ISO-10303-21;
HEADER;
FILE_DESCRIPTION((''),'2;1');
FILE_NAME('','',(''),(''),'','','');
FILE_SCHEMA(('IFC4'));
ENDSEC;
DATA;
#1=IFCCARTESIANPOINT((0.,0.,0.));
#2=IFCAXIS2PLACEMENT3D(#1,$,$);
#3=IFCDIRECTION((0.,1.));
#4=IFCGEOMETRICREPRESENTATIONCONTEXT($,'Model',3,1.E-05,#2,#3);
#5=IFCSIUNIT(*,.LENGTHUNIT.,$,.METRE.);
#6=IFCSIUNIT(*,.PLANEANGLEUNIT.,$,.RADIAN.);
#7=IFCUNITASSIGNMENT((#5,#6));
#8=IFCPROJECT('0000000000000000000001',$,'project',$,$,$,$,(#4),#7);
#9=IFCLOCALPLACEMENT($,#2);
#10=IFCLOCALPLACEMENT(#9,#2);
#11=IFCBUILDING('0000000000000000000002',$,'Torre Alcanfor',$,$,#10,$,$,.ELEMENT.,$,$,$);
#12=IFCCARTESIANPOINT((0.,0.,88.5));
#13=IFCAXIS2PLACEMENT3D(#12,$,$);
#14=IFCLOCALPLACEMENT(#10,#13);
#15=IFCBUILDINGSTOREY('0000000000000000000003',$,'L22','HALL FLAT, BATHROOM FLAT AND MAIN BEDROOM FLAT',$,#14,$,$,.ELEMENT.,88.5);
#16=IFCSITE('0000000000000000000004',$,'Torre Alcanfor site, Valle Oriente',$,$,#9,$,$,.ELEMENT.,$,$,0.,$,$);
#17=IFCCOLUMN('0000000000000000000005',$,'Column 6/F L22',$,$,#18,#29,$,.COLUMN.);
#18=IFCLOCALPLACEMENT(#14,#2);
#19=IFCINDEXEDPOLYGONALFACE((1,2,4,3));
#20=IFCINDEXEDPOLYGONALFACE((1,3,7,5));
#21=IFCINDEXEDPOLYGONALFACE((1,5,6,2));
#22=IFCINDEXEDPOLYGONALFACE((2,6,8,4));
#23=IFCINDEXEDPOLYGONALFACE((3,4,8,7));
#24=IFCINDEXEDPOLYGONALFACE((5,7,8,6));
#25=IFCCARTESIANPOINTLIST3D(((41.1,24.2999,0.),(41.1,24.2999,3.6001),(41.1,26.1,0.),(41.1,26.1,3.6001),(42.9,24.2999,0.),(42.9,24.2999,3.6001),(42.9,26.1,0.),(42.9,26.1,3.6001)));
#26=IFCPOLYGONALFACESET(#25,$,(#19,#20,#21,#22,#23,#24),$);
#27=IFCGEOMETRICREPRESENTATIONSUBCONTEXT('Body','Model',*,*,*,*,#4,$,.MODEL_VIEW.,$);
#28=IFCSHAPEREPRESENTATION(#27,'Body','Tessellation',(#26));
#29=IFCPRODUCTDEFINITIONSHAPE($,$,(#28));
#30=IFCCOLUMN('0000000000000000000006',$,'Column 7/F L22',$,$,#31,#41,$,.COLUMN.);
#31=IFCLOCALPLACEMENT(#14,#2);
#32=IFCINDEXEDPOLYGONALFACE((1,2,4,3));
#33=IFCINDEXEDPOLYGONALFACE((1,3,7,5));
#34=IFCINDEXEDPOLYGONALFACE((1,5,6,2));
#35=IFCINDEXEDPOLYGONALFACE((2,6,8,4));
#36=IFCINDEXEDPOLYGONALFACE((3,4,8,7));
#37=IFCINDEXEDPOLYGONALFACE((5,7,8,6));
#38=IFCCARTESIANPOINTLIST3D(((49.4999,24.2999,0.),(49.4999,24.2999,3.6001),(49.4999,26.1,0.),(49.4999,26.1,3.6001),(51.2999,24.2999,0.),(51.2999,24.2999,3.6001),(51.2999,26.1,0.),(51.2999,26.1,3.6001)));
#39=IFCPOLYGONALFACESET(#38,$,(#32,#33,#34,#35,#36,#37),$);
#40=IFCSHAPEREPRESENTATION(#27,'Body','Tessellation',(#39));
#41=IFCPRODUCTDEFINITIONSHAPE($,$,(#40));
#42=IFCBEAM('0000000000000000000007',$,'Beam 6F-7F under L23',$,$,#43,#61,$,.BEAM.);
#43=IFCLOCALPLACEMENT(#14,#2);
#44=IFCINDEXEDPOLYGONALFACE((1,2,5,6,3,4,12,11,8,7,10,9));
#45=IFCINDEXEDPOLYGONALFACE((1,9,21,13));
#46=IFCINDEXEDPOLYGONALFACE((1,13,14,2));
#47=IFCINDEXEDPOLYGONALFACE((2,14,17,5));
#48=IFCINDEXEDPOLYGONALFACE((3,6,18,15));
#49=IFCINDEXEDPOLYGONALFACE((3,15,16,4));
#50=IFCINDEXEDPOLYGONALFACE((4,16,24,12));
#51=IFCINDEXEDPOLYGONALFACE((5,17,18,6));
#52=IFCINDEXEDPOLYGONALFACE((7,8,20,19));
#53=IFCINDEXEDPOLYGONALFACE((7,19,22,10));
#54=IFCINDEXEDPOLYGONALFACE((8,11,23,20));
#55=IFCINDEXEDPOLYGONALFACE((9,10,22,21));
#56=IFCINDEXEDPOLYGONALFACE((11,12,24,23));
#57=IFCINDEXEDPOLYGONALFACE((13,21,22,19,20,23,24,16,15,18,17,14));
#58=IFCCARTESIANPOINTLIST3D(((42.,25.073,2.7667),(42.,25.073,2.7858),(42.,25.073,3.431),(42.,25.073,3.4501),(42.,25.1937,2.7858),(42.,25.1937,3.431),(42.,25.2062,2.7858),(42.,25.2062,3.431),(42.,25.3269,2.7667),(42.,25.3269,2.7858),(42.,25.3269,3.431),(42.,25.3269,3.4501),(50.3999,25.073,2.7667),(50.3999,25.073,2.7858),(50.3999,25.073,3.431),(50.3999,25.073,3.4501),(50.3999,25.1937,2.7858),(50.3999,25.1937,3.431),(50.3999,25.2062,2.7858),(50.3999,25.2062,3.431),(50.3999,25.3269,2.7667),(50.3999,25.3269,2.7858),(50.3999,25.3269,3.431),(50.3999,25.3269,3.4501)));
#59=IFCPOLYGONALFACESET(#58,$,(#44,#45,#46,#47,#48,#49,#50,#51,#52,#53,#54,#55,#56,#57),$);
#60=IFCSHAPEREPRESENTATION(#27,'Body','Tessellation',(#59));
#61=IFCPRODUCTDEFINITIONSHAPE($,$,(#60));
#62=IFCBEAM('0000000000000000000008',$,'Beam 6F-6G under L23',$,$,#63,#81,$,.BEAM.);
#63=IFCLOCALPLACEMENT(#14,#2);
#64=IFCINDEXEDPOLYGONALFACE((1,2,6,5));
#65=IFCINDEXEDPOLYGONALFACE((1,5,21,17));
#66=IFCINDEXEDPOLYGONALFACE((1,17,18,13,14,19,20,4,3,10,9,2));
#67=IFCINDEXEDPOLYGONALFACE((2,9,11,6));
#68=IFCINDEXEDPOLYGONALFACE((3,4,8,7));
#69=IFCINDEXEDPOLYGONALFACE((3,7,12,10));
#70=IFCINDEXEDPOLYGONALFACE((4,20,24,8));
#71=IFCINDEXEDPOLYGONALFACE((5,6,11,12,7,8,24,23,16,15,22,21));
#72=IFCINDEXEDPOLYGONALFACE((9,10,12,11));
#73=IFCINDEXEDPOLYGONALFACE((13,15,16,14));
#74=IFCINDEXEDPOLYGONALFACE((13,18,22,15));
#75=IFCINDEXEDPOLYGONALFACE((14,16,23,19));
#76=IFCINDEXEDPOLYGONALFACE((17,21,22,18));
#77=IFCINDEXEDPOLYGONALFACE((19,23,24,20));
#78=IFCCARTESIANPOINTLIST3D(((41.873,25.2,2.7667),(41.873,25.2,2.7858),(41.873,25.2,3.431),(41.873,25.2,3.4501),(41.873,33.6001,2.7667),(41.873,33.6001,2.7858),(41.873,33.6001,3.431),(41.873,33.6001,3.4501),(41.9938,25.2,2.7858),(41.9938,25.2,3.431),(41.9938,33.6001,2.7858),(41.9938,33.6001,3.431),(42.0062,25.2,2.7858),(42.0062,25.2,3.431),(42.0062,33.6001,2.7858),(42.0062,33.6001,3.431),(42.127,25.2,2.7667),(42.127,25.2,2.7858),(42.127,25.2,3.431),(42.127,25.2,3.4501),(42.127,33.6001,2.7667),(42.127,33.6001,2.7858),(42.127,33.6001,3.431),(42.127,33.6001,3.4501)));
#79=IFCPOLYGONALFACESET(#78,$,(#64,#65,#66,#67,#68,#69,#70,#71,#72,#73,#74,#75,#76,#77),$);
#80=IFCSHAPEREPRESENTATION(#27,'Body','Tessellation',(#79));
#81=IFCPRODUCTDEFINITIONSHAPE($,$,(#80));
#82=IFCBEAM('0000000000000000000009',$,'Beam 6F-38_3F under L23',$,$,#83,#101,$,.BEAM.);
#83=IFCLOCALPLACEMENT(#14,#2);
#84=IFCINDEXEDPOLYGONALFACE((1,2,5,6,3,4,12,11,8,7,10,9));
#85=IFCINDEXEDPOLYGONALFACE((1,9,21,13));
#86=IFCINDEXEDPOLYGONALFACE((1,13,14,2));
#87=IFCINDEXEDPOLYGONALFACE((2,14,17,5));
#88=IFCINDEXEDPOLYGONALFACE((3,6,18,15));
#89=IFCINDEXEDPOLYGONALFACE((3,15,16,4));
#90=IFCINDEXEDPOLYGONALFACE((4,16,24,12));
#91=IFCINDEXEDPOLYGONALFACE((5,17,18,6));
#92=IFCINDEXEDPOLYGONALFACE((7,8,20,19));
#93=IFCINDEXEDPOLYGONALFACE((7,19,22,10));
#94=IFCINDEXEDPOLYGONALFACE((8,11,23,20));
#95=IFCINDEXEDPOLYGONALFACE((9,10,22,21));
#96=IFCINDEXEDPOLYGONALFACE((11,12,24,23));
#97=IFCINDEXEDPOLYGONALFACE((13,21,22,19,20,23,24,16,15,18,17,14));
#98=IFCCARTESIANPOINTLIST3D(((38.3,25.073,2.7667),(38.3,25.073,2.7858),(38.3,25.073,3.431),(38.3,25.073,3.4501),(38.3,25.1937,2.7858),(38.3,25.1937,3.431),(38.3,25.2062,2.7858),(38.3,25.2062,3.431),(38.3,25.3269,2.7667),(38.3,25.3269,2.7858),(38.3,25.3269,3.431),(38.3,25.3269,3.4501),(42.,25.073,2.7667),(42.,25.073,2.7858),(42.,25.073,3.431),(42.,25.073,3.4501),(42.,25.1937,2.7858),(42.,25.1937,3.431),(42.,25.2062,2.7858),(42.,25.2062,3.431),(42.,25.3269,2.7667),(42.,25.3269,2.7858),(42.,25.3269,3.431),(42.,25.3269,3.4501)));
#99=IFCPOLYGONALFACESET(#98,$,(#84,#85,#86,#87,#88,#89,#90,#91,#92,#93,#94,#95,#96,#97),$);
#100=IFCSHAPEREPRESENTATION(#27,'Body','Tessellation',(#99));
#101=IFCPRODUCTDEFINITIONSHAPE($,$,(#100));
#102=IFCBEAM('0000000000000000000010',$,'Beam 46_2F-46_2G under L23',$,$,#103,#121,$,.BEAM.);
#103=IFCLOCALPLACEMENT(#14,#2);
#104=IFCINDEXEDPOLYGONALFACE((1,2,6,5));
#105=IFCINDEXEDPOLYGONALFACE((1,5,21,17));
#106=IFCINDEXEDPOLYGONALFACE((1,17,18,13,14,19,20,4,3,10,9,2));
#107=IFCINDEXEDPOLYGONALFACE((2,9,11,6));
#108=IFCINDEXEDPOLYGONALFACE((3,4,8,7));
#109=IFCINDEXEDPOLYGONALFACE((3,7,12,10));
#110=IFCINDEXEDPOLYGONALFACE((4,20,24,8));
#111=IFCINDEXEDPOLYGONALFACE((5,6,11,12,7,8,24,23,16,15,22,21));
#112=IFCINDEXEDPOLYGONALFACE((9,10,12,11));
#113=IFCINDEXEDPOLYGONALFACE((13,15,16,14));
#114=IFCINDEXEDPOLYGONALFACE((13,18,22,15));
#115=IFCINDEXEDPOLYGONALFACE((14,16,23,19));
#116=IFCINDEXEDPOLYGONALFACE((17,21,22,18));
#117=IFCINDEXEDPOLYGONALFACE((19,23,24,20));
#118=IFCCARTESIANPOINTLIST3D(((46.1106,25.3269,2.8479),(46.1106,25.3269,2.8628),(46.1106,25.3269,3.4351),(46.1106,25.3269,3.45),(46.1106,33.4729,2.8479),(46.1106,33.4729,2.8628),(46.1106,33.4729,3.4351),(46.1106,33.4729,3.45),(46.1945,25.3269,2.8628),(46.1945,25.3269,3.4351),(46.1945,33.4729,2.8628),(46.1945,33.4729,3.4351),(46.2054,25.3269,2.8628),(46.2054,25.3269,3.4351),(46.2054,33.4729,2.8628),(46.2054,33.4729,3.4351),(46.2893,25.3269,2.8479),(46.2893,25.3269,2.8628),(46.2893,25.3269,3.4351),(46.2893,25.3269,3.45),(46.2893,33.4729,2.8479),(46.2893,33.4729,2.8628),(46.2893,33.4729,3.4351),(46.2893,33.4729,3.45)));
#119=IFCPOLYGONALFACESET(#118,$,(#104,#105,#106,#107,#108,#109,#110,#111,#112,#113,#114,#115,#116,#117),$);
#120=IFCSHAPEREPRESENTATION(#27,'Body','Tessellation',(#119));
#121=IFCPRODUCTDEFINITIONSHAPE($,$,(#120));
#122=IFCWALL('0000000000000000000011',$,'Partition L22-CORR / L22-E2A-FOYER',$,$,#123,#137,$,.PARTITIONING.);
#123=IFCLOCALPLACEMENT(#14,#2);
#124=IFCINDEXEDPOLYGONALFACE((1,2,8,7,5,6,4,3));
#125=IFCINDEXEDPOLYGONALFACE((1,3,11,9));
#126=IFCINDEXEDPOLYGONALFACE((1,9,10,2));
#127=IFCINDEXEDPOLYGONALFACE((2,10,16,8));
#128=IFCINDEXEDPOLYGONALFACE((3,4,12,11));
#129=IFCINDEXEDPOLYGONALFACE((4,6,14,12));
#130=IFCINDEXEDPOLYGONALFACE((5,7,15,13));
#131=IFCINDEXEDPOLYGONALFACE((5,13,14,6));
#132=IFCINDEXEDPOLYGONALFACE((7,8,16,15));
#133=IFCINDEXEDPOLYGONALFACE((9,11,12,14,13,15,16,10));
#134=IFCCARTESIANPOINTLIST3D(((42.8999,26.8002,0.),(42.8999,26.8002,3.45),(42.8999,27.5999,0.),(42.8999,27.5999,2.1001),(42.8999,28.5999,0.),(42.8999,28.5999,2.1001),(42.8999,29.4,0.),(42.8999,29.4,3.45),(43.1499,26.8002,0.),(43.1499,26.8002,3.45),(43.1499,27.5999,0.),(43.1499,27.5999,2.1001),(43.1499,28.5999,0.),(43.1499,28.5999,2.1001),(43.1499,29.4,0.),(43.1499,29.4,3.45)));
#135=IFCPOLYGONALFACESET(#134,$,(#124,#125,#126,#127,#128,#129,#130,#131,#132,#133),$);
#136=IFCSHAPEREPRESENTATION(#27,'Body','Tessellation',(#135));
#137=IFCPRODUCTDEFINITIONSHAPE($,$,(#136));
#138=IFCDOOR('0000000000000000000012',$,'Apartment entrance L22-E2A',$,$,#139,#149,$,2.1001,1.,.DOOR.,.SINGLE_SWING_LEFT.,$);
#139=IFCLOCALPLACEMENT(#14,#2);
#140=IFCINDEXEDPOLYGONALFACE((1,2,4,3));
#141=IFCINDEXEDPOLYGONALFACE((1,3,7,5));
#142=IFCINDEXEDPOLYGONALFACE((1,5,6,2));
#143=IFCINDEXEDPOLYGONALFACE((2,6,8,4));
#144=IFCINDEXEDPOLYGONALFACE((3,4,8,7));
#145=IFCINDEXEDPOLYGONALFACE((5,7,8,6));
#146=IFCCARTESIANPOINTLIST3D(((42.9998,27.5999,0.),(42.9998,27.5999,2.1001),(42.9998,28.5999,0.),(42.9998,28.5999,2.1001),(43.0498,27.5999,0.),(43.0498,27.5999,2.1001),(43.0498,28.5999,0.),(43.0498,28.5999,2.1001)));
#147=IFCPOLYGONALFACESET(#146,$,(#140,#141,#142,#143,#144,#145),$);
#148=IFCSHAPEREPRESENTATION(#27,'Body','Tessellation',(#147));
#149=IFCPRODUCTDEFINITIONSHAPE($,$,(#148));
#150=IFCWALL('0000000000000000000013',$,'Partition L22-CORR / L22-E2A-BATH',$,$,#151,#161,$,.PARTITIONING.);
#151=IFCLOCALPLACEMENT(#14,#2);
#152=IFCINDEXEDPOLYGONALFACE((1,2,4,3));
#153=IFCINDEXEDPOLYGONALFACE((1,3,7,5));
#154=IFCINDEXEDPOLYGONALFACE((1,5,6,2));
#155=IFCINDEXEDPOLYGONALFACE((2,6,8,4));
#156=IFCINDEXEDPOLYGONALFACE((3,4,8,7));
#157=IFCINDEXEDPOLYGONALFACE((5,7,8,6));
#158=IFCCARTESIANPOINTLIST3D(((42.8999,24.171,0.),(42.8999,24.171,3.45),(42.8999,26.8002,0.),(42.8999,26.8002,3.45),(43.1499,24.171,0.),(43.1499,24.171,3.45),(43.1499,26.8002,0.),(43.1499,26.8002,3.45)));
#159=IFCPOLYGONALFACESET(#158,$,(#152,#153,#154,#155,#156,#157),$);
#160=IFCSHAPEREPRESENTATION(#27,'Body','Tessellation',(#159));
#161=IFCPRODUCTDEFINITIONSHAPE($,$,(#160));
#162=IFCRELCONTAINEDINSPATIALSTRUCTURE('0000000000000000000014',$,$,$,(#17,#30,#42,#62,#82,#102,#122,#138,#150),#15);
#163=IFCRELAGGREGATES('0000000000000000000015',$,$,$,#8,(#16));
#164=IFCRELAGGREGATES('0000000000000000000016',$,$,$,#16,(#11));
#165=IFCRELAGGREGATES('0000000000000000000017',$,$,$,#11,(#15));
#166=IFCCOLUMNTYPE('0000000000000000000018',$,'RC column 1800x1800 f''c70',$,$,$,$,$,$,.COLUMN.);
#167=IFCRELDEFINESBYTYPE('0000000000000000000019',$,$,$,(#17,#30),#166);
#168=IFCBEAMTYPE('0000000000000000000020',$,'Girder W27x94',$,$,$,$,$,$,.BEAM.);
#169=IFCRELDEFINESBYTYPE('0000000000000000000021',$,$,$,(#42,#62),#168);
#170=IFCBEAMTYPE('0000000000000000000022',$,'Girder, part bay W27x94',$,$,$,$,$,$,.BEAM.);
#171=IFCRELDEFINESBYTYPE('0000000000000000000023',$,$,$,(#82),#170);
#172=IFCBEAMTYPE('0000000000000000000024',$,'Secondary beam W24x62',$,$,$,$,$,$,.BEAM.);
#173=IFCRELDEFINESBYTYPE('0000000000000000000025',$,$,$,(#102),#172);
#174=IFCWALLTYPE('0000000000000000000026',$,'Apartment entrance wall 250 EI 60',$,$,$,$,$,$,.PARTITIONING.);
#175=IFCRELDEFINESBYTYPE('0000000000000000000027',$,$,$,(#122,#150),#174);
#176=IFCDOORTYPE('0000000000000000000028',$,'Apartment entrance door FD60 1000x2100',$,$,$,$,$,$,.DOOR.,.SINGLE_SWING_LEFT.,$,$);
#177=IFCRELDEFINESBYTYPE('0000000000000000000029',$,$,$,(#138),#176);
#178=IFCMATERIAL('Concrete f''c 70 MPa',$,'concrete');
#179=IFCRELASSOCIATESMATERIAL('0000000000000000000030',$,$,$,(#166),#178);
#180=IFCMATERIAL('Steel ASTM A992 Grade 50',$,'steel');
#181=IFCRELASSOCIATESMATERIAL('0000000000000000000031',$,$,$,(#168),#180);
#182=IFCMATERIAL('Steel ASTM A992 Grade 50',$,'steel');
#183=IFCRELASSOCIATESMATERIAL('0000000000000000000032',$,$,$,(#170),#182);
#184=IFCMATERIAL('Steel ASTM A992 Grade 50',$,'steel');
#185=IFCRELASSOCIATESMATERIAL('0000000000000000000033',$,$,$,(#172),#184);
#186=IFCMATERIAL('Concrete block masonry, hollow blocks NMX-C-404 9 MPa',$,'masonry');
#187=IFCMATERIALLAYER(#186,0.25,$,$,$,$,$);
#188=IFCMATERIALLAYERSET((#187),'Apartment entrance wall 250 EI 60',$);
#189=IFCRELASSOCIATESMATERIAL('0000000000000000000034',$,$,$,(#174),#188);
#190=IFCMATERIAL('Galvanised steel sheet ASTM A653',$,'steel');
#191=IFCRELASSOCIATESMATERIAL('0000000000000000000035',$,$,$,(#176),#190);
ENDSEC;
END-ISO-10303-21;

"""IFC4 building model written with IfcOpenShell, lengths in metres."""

from ifc_helpers import new_model, si_unit, direction, frame, frame_2d, origin, origin_2d, place, context, subcontext, project, spatial, rectangle, i_section, extrude, material, layer, layer_set, material_profile, profile_set, type_object, element, fill, save


model = new_model("IFC4")

# Units and contexts
model_context = context("Model", 3, precision=1e-05, world=origin(), true_north=direction((0.0, 1.0)))
body_context = subcontext(model_context, "Body", "Model", "MODEL_VIEW")
ifc_project = project(units=[si_unit("LENGTHUNIT", "METRE"), si_unit("PLANEANGLEUNIT", "RADIAN")], contexts=[model_context])

# Site, building, storey
site_placement = place(None, origin())
site = spatial("IfcSite", under=ifc_project, at=site_placement, Name="Torre Alcanfor site, Valle Oriente", CompositionType="ELEMENT", RefElevation=0.0)
building_placement = place(site_placement, origin())
building = spatial("IfcBuilding", under=site, at=building_placement, Name="Torre Alcanfor", CompositionType="ELEMENT")
storey_placement = place(building_placement, frame((0.0, 0.0, 88.5)))
storey = spatial("IfcBuildingStorey", under=building, at=storey_placement, Name="L22", Description="HALL FLAT, BATHROOM FLAT AND MAIN BEDROOM FLAT", CompositionType="ELEMENT", Elevation=88.5)

# Columns
ifc_material_1 = material(Name="Concrete f'c 70 MPa", Category="concrete")
ifc_material_profile_1 = material_profile(ifc_material_1, rectangle(XDim=1.8, YDim=1.8, at=origin_2d()), Name="1800x1800")
ifc_profile_set_1 = profile_set([ifc_material_profile_1], Name="Concrete f'c 70 MPa")
column_type = type_object("IfcColumnType", Name="RC column 1800x1800 f'c70", PredefinedType="COLUMN", material=ifc_profile_set_1)
for number, where, z_axis, x_axis, name in (
    (1, (42.0, 25.2, 0.0), (0.0, 0.0, 1.0), (1.0, 0.0, 0.0), "Column 6/F L22"),
    (2, (50.3999, 25.2, 0.0), (0.0, 0.0, 1.0), (1.0, 0.0, 0.0), "Column 7/F L22"),
):
    element("IfcColumn", number, at=place(storey_placement, frame(where, z_axis=z_axis, x_axis=x_axis)), inside=storey, type_object=column_type, Name=name, PredefinedType="COLUMN", context=body_context, shape_type="SweptSolid", body=[
        extrude(rectangle(XDim=1.8, YDim=1.8, at=origin_2d()), origin(), (0.0, 0.0, 1.0), 3.6001),
    ])

# Beams
ifc_material_2 = material(Name="Steel ASTM A992 Grade 50", Category="steel")
ifc_material_profile_2 = material_profile(ifc_material_2, i_section(OverallWidth=0.2539, OverallDepth=0.6833, WebThickness=0.0125, FlangeThickness=0.019, at=origin_2d()), Name="W27x94")
ifc_profile_set_2 = profile_set([ifc_material_profile_2], Name="Steel ASTM A992 Grade 50")
beam_type_1 = type_object("IfcBeamType", Name="Girder W27x94", PredefinedType="BEAM", material=ifc_profile_set_2)
beam_1_placement = place(storey_placement, frame((42.0, 25.2, 3.1084), z_axis=(1.0, 0.0, 0.0), x_axis=(0.0, 1.0, 0.0)))
element("IfcBeam", 3, at=beam_1_placement, inside=storey, type_object=beam_type_1, Name="Beam 6F-7F under L23", PredefinedType="BEAM", context=body_context, shape_type="SweptSolid", body=[
    extrude(i_section(OverallWidth=0.2539, OverallDepth=0.6833, WebThickness=0.0125, FlangeThickness=0.019, at=origin_2d()), origin(), (0.0, 0.0, 1.0), 8.3999),
])
beam_2_placement = place(storey_placement, frame((42.0, 25.2, 3.1084), z_axis=(0.0, 1.0, 0.0), x_axis=(-1.0, 0.0, 0.0)))
element("IfcBeam", 4, at=beam_2_placement, inside=storey, type_object=beam_type_1, Name="Beam 6F-6G under L23", PredefinedType="BEAM", context=body_context, shape_type="SweptSolid", body=[
    extrude(i_section(OverallWidth=0.2539, OverallDepth=0.6833, WebThickness=0.0125, FlangeThickness=0.019, at=origin_2d()), origin(), (0.0, 0.0, 1.0), 8.4001),
])
ifc_material_3 = material(Name="Steel ASTM A992 Grade 50", Category="steel")
ifc_material_profile_3 = material_profile(ifc_material_3, i_section(OverallWidth=0.2539, OverallDepth=0.6833, WebThickness=0.0125, FlangeThickness=0.019, at=origin_2d()), Name="W27x94")
ifc_profile_set_3 = profile_set([ifc_material_profile_3], Name="Steel ASTM A992 Grade 50")
beam_type_2 = type_object("IfcBeamType", Name="Girder, part bay W27x94", PredefinedType="BEAM", material=ifc_profile_set_3)
beam_3_placement = place(storey_placement, frame((42.0, 25.2, 3.1084), z_axis=(-1.0, 0.0, 0.0), x_axis=(0.0, -1.0, 0.0)))
element("IfcBeam", 5, at=beam_3_placement, inside=storey, type_object=beam_type_2, Name="Beam 6F-38_3F under L23", PredefinedType="BEAM", context=body_context, shape_type="SweptSolid", body=[
    extrude(i_section(OverallWidth=0.2539, OverallDepth=0.6833, WebThickness=0.0125, FlangeThickness=0.019, at=origin_2d()), origin(), (0.0, 0.0, 1.0), 3.7),
])
ifc_material_4 = material(Name="Steel ASTM A992 Grade 50", Category="steel")
ifc_material_profile_4 = material_profile(ifc_material_4, i_section(OverallWidth=0.1787, OverallDepth=0.6021, WebThickness=0.011, FlangeThickness=0.0149, at=origin_2d()), Name="W24x62")
ifc_profile_set_4 = profile_set([ifc_material_profile_4], Name="Steel ASTM A992 Grade 50")
beam_type_3 = type_object("IfcBeamType", Name="Secondary beam W24x62", PredefinedType="BEAM", material=ifc_profile_set_4)
beam_4_placement = place(storey_placement, frame((46.2, 25.3269, 3.1489), z_axis=(0.0, 1.0, 0.0), x_axis=(-1.0, 0.0, 0.0)))
element("IfcBeam", 6, at=beam_4_placement, inside=storey, type_object=beam_type_3, Name="Beam 46_2F-46_2G under L23", PredefinedType="BEAM", context=body_context, shape_type="SweptSolid", body=[
    extrude(i_section(OverallWidth=0.1787, OverallDepth=0.6021, WebThickness=0.011, FlangeThickness=0.0149, at=origin_2d()), origin(), (0.0, 0.0, 1.0), 8.146),
])

# Wall, opening, door
ifc_material_5 = material(Name="Concrete block masonry, hollow blocks NMX-C-404 9 MPa", Category="masonry")
ifc_layer_1 = layer(ifc_material_5, 0.25)
ifc_layer_set_1 = layer_set([ifc_layer_1], Name="Apartment entrance wall 250 EI 60")
wall_type_1 = type_object("IfcWallType", Name="Apartment entrance wall 250 EI 60", PredefinedType="PARTITIONING", material=ifc_layer_set_1)
wall_1_placement = place(storey_placement, frame((43.0249, 29.3999, 0.0), z_axis=(0.0, 0.0, 1.0), x_axis=(0.0, -1.0, 0.0)))
wall_1 = element("IfcWall", 7, at=wall_1_placement, inside=storey, type_object=wall_type_1, Name="Partition L22-CORR / L22-E2A-FOYER", PredefinedType="PARTITIONING", context=body_context, shape_type="SweptSolid", body=[
    extrude(rectangle(XDim=2.5999, YDim=0.25, at=frame_2d((1.2998, 0.0))), origin(), (0.0, 0.0, 1.0), 3.45),
])
opening_1_placement = place(wall_1_placement, frame((0.8, 0.0, 0.0)))
opening_1 = element("IfcOpeningElement", 8, at=opening_1_placement, cuts=wall_1, PredefinedType="OPENING", context=body_context, shape_type="SweptSolid", body=[
    extrude(rectangle(XDim=1.0, YDim=2.1001, at=frame_2d((0.5, 1.05))), frame((0.0, 0.135, 0.0), z_axis=(0.0, -1.0, 0.0), x_axis=(1.0, 0.0, 0.0)), (0.0, 0.0, 1.0), 0.27),
])
ifc_material_6 = material(Name="Galvanised steel sheet ASTM A653", Category="steel")
door_type_1 = type_object("IfcDoorType", Name="Apartment entrance door FD60 1000x2100", OperationType="SINGLE_SWING_LEFT", PredefinedType="DOOR", material=ifc_material_6)
door_1_placement = place(opening_1_placement, origin())
door_1 = element("IfcDoor", 9, at=door_1_placement, inside=storey, type_object=door_type_1, Name="Apartment entrance L22-E2A", OperationType="SINGLE_SWING_LEFT", OverallHeight=2.1001, OverallWidth=1.0, PredefinedType="DOOR", context=body_context, shape_type="SweptSolid", body=[
    extrude(rectangle(XDim=1.0, YDim=2.1001, at=frame_2d((0.5, 1.05))), frame((0.0, 0.0249, 0.0), z_axis=(0.0, -1.0, 0.0), x_axis=(1.0, 0.0, 0.0)), (0.0, 0.0, 1.0), 0.05),
])
fill(opening_1, door_1)

# Wall
wall_2_placement = place(storey_placement, frame((43.0249, 26.8, 0.0), z_axis=(0.0, 0.0, 1.0), x_axis=(0.0, -1.0, 0.0)))
element("IfcWall", 10, at=wall_2_placement, inside=storey, type_object=wall_type_1, Name="Partition L22-CORR / L22-E2A-BATH", PredefinedType="PARTITIONING", context=body_context, shape_type="SweptSolid", body=[
    extrude(rectangle(XDim=2.6292, YDim=0.25, at=frame_2d((1.3145, 0.0))), origin(), (0.0, 0.0, 1.0), 3.45),
])

save(model, "model.ifc")
